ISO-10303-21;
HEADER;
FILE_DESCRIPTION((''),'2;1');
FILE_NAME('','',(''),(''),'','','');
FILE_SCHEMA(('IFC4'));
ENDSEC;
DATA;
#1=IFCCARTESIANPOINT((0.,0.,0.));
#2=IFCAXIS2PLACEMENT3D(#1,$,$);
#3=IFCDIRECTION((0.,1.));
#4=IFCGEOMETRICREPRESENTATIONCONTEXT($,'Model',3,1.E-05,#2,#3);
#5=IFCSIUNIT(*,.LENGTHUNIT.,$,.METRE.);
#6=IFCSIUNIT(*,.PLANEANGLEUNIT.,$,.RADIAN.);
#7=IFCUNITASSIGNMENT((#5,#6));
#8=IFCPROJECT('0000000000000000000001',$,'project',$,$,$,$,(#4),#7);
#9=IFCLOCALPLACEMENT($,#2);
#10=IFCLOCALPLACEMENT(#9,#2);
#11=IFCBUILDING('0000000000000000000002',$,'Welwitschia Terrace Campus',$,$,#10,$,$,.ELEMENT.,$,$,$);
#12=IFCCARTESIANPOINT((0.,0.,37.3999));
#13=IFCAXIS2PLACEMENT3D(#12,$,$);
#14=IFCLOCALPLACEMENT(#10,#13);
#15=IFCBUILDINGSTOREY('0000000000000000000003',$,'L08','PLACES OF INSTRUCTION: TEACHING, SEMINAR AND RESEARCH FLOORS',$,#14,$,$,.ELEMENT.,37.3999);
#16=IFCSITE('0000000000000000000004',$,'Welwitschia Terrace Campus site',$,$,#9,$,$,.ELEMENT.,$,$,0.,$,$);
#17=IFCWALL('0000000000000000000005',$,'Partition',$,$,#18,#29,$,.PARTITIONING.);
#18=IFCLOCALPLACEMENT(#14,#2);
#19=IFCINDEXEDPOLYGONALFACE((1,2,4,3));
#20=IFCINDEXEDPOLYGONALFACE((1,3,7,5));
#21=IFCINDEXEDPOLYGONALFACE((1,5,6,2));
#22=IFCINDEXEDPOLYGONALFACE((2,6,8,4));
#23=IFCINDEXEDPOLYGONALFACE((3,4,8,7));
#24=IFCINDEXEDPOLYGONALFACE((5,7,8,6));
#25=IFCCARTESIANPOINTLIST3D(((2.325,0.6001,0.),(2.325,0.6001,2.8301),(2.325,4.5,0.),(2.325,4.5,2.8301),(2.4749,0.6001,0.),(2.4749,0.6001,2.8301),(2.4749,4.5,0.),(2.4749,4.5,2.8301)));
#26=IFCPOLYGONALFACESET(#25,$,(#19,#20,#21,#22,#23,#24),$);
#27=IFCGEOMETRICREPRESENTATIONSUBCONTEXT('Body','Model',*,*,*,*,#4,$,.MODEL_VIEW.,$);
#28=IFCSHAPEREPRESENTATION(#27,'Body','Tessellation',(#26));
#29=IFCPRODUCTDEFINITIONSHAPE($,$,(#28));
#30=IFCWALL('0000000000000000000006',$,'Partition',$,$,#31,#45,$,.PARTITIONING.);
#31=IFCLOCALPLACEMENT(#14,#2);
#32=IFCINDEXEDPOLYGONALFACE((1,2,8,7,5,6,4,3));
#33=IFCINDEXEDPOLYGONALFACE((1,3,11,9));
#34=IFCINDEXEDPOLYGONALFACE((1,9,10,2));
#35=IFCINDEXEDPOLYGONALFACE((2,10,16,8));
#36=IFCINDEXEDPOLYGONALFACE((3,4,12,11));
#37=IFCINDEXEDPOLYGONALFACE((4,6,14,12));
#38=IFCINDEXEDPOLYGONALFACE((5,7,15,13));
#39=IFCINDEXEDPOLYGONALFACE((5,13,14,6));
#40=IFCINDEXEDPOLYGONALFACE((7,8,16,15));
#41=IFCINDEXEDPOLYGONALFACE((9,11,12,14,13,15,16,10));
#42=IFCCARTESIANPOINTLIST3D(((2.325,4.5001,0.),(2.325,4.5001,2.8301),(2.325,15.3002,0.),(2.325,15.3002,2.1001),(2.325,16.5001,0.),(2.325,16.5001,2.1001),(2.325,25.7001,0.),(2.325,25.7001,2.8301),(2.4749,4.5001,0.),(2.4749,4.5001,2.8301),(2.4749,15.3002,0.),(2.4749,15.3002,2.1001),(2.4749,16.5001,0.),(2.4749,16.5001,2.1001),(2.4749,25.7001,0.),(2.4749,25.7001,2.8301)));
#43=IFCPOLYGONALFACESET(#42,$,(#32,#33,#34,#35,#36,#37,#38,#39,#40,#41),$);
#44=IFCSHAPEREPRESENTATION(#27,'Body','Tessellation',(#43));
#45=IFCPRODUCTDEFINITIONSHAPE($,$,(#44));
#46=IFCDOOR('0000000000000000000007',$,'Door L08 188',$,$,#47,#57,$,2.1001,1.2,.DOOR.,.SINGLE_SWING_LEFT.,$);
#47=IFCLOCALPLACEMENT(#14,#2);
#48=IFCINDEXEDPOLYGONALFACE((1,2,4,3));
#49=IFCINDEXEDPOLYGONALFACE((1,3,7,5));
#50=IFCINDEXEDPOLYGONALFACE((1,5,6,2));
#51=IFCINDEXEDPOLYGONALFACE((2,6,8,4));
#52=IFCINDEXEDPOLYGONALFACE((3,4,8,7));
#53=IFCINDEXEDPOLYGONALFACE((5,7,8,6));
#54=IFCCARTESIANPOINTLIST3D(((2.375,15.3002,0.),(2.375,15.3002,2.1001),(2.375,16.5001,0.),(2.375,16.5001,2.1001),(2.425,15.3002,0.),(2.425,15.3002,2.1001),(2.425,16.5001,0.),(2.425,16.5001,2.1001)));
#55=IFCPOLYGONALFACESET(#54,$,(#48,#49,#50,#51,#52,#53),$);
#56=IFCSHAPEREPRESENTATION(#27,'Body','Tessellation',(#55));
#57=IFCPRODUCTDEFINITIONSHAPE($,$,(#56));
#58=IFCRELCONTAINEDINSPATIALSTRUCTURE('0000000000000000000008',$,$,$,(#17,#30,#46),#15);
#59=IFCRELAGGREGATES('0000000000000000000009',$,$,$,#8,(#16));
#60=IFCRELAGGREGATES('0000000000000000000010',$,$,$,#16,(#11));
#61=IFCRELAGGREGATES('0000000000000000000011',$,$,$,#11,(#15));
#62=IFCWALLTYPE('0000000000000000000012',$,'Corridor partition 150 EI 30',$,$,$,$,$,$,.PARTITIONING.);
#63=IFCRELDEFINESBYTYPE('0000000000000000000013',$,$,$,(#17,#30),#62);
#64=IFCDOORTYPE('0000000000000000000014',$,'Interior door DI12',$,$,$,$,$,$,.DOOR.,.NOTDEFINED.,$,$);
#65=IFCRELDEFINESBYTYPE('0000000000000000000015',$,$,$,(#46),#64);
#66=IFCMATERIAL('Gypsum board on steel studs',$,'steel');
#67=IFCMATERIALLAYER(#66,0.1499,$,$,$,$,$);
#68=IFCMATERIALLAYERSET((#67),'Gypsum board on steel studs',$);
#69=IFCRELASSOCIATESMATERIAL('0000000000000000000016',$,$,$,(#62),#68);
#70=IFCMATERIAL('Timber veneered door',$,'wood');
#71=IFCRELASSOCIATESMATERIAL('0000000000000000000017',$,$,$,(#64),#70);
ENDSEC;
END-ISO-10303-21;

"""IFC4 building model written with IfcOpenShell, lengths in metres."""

from ifc_helpers import new_model, si_unit, direction, frame, frame_2d, origin, place, context, subcontext, project, spatial, rectangle, extrude, material, layer, layer_set, type_object, element, fill, save


model = new_model("IFC4")

# Units and contexts
model_context = context("Model", 3, precision=1e-05, world=origin(), true_north=direction((0.0, 1.0)))
body_context = subcontext(model_context, "Body", "Model", "MODEL_VIEW")
ifc_project = project(units=[si_unit("LENGTHUNIT", "METRE"), si_unit("PLANEANGLEUNIT", "RADIAN")], contexts=[model_context])

# Site, building, storey
site_placement = place(None, origin())
site = spatial("IfcSite", under=ifc_project, at=site_placement, Name="Welwitschia Terrace Campus site", CompositionType="ELEMENT", RefElevation=0.0)
building_placement = place(site_placement, origin())
building = spatial("IfcBuilding", under=site, at=building_placement, Name="Welwitschia Terrace Campus", CompositionType="ELEMENT")
storey_placement = place(building_placement, frame((0.0, 0.0, 37.3999)))
storey = spatial("IfcBuildingStorey", under=building, at=storey_placement, Name="L08", Description="PLACES OF INSTRUCTION: TEACHING, SEMINAR AND RESEARCH FLOORS", CompositionType="ELEMENT", Elevation=37.3999)

# Wall
ifc_material_1 = material(Name="Gypsum board on steel studs", Category="steel")
ifc_layer_1 = layer(ifc_material_1, 0.1499)
ifc_layer_set_1 = layer_set([ifc_layer_1], Name="Gypsum board on steel studs")
wall_type_1 = type_object("IfcWallType", Name="Corridor partition 150 EI 30", PredefinedType="PARTITIONING", material=ifc_layer_set_1)
wall_1_placement = place(storey_placement, frame((2.3999, 0.6001, 0.0), z_axis=(0.0, 0.0, 1.0), x_axis=(0.0, 1.0, 0.0)))
element("IfcWall", 1, at=wall_1_placement, inside=storey, type_object=wall_type_1, Name="Partition", PredefinedType="PARTITIONING", context=body_context, shape_type="SweptSolid", body=[
    extrude(rectangle(XDim=3.8999, YDim=0.1499, at=frame_2d((1.95, 0.0))), origin(), (0.0, 0.0, 1.0), 2.8301),
])

# Wall, opening, door
wall_2_placement = place(storey_placement, frame((2.3999, 4.5, 0.0), z_axis=(0.0, 0.0, 1.0), x_axis=(0.0, 1.0, 0.0)))
wall_2 = element("IfcWall", 2, at=wall_2_placement, inside=storey, type_object=wall_type_1, Name="Partition", PredefinedType="PARTITIONING", context=body_context, shape_type="SweptSolid", body=[
    extrude(rectangle(XDim=21.2, YDim=0.1499, at=frame_2d((10.6001, 0.0))), origin(), (0.0, 0.0, 1.0), 2.8301),
])
opening_1_placement = place(wall_2_placement, frame((10.8, 0.0, 0.0)))
opening_1 = element("IfcOpeningElement", 3, at=opening_1_placement, cuts=wall_2, PredefinedType="OPENING", context=body_context, shape_type="SweptSolid", body=[
    extrude(rectangle(XDim=1.2, YDim=2.1001, at=frame_2d((0.6001, 1.05))), frame((0.0, 0.085, 0.0), z_axis=(0.0, -1.0, 0.0), x_axis=(1.0, 0.0, 0.0)), (0.0, 0.0, 1.0), 0.1699),
])
ifc_material_2 = material(Name="Timber veneered door", Category="wood")
door_type_1 = type_object("IfcDoorType", Name="Interior door DI12", OperationType="NOTDEFINED", PredefinedType="DOOR", material=ifc_material_2)
door_1_placement = place(opening_1_placement, origin())
door_1 = element("IfcDoor", 4, at=door_1_placement, inside=storey, type_object=door_type_1, Name="Door L08 188", OperationType="SINGLE_SWING_LEFT", OverallHeight=2.1001, OverallWidth=1.2, PredefinedType="DOOR", context=body_context, shape_type="SweptSolid", body=[
    extrude(rectangle(XDim=1.2, YDim=2.1001, at=frame_2d((0.6001, 1.05))), frame((0.0, 0.0249, 0.0), z_axis=(0.0, -1.0, 0.0), x_axis=(1.0, 0.0, 0.0)), (0.0, 0.0, 1.0), 0.05),
])
fill(opening_1, door_1)

save(model, "model.ifc")
